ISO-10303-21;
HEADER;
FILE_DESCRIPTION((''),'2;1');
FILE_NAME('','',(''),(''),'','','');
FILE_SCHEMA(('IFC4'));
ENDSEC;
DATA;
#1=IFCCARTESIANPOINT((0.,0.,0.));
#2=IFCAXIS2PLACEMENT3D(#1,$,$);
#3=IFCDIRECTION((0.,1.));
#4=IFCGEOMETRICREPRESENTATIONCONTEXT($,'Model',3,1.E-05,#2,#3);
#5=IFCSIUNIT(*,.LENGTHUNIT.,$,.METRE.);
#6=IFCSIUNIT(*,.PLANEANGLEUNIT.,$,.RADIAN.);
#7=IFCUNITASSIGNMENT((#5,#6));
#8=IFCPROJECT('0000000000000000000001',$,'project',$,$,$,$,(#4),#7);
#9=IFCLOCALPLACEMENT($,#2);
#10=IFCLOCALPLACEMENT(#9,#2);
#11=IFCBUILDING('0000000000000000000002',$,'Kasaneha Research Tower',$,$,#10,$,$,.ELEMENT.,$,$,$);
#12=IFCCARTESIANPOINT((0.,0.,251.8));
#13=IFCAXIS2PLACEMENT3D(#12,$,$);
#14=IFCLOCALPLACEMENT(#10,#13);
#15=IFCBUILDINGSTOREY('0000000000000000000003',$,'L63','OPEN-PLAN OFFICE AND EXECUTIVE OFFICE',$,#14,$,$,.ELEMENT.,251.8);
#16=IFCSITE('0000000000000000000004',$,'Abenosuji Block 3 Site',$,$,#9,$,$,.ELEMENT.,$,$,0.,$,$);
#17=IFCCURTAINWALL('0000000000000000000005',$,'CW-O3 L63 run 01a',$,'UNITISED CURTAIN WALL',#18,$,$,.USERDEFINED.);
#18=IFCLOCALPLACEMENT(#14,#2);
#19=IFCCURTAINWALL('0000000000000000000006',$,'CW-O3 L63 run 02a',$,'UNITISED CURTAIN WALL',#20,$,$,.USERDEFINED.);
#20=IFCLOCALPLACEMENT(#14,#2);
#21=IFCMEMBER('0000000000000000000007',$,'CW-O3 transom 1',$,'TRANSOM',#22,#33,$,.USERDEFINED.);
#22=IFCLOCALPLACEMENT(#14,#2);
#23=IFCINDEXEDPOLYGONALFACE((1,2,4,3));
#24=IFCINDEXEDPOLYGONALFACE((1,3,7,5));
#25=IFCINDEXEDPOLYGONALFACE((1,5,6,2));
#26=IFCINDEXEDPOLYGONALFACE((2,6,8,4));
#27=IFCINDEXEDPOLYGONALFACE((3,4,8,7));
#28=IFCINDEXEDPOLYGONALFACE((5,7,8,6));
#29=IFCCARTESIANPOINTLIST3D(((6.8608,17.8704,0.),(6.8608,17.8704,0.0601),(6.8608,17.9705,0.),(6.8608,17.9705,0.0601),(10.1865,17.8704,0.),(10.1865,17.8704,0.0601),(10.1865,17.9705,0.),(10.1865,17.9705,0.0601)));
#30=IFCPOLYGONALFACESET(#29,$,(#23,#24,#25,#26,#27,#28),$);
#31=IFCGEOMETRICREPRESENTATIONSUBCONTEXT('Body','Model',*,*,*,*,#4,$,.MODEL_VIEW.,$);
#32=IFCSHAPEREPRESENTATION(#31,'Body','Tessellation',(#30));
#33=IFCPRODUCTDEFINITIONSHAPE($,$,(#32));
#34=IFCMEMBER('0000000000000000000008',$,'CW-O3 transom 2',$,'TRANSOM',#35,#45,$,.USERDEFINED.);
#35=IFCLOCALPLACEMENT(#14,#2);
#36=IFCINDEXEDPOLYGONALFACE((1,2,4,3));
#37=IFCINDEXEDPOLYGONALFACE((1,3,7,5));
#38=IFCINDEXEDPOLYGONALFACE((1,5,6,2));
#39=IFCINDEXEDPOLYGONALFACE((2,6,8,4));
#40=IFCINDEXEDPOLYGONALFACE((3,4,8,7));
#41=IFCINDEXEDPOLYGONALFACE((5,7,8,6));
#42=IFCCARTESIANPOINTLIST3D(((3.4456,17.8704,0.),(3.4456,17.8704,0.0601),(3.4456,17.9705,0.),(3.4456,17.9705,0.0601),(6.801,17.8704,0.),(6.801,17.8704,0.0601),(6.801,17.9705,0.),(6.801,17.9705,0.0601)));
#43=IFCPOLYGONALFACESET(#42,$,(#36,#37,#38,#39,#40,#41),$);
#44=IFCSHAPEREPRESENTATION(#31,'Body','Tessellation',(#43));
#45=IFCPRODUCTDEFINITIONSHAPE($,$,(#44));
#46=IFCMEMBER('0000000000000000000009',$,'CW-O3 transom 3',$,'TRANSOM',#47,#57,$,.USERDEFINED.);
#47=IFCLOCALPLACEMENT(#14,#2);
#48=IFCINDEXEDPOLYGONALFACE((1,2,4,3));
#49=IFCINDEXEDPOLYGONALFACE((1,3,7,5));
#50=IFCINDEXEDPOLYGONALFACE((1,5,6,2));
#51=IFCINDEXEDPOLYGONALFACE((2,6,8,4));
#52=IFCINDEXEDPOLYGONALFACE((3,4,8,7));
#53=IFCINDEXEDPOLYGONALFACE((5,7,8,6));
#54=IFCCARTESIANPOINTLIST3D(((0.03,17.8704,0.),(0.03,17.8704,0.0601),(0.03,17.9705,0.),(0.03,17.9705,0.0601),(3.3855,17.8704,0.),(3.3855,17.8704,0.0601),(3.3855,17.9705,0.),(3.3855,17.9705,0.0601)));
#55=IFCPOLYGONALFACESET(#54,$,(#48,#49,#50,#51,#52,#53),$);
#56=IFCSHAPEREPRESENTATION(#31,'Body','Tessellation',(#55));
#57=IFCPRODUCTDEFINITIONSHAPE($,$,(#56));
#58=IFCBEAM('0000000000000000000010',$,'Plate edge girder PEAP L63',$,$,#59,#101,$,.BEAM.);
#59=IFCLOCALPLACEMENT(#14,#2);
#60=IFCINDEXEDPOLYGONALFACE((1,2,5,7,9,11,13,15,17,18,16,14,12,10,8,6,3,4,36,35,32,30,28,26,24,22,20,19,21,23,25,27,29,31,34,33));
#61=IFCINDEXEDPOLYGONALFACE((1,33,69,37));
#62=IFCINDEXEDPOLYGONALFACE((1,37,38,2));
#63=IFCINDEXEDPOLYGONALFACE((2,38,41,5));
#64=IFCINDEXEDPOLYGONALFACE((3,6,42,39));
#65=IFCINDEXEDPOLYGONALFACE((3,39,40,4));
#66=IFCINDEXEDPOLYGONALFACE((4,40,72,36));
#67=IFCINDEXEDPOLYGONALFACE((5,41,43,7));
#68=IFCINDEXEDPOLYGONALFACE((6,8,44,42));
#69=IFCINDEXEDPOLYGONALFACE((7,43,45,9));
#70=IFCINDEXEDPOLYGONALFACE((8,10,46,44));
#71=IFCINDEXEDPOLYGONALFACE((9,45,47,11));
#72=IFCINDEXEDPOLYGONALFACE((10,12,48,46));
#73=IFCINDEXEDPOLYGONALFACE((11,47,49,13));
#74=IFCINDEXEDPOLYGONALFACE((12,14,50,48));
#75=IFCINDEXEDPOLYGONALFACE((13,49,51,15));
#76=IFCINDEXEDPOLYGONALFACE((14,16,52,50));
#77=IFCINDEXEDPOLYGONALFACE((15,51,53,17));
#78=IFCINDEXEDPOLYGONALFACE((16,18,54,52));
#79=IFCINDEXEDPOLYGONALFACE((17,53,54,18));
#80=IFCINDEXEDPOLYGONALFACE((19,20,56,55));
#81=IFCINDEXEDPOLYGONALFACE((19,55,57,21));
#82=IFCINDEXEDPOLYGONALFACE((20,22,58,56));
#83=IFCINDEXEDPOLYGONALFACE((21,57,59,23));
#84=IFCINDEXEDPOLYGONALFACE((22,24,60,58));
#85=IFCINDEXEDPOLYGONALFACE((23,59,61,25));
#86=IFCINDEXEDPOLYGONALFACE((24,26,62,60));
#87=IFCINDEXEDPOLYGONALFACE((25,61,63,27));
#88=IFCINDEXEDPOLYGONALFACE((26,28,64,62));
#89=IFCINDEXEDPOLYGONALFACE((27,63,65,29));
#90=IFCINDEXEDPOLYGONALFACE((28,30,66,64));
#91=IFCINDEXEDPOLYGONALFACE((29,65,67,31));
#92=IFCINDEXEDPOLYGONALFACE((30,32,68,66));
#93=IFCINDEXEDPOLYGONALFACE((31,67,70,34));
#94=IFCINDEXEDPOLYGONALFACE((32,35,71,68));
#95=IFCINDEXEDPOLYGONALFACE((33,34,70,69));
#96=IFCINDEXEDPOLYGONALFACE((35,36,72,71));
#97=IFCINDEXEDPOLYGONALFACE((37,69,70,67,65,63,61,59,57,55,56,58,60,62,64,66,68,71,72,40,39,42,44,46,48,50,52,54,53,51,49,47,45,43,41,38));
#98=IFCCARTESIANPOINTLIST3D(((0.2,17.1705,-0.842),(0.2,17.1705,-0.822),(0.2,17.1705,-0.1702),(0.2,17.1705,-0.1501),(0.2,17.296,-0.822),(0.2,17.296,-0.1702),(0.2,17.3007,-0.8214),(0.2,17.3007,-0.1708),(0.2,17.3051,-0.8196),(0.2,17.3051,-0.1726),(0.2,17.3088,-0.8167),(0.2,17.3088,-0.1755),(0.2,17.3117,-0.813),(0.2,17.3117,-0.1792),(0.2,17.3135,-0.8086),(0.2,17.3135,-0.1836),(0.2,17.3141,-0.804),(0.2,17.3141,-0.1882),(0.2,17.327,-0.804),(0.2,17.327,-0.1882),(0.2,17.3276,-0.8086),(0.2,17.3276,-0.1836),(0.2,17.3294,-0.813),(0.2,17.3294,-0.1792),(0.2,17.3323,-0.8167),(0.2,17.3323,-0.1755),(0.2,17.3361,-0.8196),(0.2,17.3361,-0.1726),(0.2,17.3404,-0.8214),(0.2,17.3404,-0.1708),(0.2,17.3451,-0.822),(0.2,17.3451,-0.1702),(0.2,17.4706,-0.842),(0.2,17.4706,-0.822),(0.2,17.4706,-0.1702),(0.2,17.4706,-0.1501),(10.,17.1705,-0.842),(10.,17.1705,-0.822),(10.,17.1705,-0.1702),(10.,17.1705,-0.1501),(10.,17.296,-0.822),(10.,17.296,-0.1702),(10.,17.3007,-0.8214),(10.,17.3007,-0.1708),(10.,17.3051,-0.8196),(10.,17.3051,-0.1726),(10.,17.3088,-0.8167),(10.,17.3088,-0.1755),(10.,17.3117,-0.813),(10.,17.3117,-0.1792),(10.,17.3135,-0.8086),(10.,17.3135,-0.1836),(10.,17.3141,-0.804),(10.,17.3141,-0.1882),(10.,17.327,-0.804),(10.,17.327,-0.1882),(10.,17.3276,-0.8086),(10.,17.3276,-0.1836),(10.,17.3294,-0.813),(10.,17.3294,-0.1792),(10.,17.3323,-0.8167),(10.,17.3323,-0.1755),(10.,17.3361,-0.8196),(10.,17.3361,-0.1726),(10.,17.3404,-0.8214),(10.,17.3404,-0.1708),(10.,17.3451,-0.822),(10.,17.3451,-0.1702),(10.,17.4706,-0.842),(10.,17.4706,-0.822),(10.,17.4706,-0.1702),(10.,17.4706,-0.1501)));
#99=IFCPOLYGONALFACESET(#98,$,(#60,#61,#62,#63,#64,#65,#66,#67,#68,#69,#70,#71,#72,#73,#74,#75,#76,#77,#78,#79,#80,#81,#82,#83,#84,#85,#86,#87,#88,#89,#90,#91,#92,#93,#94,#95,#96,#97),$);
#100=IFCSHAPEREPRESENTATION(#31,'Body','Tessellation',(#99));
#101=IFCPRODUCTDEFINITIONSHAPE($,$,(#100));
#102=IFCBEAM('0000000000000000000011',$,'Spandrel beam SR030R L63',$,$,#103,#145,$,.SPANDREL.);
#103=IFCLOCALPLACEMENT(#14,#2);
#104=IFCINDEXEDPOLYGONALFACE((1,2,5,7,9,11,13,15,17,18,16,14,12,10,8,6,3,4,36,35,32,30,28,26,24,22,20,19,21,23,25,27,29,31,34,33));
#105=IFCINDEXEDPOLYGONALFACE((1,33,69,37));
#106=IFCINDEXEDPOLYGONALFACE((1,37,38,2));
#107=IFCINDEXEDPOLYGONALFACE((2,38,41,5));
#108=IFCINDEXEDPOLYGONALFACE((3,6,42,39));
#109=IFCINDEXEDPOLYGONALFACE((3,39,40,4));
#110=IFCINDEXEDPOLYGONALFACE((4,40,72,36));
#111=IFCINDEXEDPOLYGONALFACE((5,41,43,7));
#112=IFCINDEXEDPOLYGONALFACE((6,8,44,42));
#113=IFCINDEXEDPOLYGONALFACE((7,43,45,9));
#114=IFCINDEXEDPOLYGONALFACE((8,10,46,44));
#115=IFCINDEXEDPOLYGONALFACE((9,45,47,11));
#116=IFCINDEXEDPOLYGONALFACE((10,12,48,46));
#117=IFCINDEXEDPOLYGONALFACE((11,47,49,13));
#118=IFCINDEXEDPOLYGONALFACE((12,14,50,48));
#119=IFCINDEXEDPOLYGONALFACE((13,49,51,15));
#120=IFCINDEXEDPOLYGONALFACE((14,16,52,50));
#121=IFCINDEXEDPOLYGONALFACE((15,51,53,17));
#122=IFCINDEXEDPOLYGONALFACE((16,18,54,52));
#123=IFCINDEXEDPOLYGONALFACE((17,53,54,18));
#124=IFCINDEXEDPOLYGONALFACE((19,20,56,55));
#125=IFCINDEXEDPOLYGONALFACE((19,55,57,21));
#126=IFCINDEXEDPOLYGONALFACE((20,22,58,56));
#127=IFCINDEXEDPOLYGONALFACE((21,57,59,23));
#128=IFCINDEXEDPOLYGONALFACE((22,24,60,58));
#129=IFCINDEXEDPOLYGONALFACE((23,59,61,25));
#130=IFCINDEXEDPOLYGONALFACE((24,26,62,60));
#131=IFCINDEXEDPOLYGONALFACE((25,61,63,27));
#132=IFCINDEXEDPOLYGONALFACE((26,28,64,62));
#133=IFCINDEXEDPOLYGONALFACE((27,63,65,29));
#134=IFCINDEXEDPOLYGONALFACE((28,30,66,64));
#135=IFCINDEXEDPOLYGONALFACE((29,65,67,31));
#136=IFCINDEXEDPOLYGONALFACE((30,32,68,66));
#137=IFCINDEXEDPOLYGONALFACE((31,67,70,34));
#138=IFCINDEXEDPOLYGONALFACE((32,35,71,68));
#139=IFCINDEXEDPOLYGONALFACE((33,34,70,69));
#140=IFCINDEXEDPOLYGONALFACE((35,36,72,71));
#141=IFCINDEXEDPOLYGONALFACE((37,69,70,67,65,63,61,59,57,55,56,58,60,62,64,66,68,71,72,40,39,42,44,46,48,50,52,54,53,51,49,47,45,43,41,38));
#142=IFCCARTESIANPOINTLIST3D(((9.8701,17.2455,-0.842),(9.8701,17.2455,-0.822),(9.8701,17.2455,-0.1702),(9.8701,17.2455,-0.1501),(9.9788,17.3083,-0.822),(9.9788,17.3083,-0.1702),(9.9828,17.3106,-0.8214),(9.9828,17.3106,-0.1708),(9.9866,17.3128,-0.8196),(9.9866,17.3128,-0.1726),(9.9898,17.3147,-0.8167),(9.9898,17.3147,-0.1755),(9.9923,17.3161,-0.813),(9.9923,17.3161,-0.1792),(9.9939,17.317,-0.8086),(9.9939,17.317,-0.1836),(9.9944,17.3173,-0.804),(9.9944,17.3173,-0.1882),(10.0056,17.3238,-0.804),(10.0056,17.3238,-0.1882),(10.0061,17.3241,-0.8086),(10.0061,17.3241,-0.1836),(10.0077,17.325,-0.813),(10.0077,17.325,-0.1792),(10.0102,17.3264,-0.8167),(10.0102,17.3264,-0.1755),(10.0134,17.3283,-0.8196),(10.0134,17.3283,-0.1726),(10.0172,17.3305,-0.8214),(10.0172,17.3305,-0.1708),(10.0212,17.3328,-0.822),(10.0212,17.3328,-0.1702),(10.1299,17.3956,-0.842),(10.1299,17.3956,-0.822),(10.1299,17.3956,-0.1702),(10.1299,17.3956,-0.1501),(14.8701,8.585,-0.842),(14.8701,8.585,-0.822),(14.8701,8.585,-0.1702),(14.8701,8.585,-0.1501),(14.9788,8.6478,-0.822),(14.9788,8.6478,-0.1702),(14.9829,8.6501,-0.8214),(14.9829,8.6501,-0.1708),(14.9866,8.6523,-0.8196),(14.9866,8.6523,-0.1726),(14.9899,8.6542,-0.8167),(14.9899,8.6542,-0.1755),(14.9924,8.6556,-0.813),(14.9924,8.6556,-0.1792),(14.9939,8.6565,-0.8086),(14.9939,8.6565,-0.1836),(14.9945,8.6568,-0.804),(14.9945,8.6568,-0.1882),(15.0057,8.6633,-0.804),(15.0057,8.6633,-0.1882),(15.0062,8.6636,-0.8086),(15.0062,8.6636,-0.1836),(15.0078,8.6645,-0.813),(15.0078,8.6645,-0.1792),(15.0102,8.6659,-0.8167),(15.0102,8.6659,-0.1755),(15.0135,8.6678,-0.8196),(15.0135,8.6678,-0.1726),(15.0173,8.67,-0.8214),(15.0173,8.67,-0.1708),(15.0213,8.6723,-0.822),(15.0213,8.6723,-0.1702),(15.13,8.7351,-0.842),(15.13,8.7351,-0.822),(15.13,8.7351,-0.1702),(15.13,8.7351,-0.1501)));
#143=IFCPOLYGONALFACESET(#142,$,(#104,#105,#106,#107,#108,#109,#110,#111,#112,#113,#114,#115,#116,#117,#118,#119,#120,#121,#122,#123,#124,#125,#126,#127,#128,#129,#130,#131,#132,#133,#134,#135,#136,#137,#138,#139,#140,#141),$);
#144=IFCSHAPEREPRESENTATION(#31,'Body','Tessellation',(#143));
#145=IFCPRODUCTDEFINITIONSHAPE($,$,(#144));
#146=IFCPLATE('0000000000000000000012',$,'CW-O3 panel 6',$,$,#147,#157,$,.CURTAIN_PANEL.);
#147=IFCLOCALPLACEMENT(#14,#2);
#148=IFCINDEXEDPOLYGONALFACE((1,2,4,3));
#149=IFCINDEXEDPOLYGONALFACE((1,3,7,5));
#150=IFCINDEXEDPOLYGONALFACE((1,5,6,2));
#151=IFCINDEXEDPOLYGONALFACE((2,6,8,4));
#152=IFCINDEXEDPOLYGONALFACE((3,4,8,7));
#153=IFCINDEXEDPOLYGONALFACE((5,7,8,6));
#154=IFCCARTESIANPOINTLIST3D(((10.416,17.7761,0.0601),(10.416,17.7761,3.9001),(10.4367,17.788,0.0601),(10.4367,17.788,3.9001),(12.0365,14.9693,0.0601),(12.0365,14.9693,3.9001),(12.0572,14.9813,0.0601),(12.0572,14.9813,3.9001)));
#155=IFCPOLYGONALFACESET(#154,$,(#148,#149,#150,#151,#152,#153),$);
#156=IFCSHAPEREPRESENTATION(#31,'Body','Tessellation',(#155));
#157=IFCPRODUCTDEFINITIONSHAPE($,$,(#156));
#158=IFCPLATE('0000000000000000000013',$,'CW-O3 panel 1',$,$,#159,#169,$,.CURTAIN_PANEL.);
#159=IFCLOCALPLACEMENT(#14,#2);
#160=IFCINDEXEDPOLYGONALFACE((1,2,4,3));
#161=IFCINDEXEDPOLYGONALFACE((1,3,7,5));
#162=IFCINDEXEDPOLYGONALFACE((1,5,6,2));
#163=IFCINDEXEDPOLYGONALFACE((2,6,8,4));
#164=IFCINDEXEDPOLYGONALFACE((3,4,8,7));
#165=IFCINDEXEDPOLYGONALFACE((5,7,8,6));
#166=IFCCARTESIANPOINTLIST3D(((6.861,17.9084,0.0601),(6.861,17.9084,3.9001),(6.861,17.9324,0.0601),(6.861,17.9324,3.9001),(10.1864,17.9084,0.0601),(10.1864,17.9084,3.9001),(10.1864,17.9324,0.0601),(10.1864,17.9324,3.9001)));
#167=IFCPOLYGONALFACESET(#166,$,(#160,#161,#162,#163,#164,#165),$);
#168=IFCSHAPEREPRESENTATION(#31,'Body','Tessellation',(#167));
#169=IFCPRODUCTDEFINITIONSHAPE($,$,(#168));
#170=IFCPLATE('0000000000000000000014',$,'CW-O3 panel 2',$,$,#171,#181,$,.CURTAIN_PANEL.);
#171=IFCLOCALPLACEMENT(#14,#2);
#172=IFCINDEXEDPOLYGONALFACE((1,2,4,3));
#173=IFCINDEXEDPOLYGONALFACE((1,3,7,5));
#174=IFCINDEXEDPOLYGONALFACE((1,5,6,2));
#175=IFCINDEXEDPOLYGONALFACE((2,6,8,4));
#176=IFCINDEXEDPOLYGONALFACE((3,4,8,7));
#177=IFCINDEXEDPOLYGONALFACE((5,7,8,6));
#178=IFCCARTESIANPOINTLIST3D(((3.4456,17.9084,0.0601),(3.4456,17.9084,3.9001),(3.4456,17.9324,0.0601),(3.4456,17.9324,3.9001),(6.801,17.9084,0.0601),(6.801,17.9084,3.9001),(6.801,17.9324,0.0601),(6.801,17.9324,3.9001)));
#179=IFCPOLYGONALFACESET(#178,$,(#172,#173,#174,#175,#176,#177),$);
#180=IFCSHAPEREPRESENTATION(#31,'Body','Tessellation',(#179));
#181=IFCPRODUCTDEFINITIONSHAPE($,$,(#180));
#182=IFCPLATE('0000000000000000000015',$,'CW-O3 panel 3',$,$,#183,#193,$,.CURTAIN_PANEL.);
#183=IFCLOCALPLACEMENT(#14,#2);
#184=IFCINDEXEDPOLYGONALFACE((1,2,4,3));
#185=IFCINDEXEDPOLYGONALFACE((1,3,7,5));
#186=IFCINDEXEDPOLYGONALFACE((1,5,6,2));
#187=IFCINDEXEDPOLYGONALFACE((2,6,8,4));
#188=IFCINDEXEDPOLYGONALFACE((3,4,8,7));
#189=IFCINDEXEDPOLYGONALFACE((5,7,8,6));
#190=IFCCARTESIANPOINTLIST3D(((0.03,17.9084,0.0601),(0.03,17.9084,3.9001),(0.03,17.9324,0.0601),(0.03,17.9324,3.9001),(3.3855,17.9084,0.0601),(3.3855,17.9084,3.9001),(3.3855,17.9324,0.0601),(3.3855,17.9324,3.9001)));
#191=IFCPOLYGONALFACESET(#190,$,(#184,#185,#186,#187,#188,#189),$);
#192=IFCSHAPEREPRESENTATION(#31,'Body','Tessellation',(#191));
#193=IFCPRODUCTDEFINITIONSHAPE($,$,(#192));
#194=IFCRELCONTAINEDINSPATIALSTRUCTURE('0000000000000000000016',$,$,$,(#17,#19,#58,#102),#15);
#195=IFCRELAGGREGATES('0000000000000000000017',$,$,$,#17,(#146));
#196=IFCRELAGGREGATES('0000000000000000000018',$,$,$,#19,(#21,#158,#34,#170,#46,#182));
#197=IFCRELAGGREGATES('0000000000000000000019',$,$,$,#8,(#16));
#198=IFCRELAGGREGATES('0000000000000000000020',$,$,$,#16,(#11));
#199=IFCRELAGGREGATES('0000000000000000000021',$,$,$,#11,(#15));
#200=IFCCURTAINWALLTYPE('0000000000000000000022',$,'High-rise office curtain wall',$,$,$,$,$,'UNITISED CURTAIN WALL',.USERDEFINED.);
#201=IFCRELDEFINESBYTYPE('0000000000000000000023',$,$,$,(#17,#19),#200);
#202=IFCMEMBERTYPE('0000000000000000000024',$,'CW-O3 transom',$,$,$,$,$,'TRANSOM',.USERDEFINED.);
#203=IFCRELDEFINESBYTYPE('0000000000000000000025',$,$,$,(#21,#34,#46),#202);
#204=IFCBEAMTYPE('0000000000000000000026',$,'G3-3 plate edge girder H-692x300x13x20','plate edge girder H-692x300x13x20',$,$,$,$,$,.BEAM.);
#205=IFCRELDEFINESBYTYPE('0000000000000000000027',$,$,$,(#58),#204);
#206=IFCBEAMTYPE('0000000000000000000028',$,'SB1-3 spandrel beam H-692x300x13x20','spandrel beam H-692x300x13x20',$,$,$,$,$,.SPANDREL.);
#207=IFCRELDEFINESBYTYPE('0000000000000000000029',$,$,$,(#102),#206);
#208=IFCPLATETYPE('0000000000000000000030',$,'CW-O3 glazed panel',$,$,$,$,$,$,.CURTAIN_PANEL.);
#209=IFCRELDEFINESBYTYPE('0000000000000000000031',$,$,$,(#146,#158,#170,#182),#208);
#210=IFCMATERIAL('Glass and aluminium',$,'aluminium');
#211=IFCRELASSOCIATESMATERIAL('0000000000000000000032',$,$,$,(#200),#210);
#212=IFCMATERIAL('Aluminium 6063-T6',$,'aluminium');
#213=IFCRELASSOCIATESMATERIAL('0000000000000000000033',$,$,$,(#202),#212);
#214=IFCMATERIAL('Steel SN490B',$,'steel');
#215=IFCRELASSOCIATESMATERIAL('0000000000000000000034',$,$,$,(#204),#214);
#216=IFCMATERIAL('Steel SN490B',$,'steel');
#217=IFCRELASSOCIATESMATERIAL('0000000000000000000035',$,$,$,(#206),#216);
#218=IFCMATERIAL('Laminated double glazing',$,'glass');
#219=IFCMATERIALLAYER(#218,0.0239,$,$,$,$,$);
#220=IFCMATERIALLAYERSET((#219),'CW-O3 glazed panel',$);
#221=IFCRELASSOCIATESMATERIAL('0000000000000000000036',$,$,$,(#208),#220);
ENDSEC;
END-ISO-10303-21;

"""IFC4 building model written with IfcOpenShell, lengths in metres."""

from ifc_helpers import new_model, si_unit, direction, frame, origin, origin_2d, place, context, subcontext, project, spatial, rectangle, i_section, extrude, material, layer, layer_set, material_profile, profile_set, type_object, element, aggregate, save


model = new_model("IFC4")

# Units and contexts
model_context = context("Model", 3, precision=1e-05, world=origin(), true_north=direction((0.0, 1.0)))
body_context = subcontext(model_context, "Body", "Model", "MODEL_VIEW")
ifc_project = project(units=[si_unit("LENGTHUNIT", "METRE"), si_unit("PLANEANGLEUNIT", "RADIAN")], contexts=[model_context])

# Site, building, storey
site_placement = place(None, origin())
site = spatial("IfcSite", under=ifc_project, at=site_placement, Name="Abenosuji Block 3 Site", CompositionType="ELEMENT", RefElevation=0.0)
building_placement = place(site_placement, origin())
building = spatial("IfcBuilding", under=site, at=building_placement, Name="Kasaneha Research Tower", CompositionType="ELEMENT")
storey_placement = place(building_placement, frame((0.0, 0.0, 251.8)))
storey = spatial("IfcBuildingStorey", under=building, at=storey_placement, Name="L63", Description="OPEN-PLAN OFFICE AND EXECUTIVE OFFICE", CompositionType="ELEMENT", Elevation=251.8)

# Curtain wall
ifc_material_1 = material(Name="Glass and aluminium", Category="aluminium")
curtain_wall_type = type_object("IfcCurtainWallType", Name="High-rise office curtain wall", ElementType="UNITISED CURTAIN WALL", PredefinedType="USERDEFINED", material=ifc_material_1)
curtain_wall_1_placement = place(storey_placement, origin())
curtain_wall_1 = element("IfcCurtainWall", 1, at=curtain_wall_1_placement, inside=storey, type_object=curtain_wall_type, Name="CW-O3 L63 run 01a", ObjectType="UNITISED CURTAIN WALL", PredefinedType="USERDEFINED")

# Curtain wall
curtain_wall_2_placement = place(storey_placement, origin())
curtain_wall_2 = element("IfcCurtainWall", 2, at=curtain_wall_2_placement, inside=storey, type_object=curtain_wall_type, Name="CW-O3 L63 run 02a", ObjectType="UNITISED CURTAIN WALL", PredefinedType="USERDEFINED")

# Members
ifc_material_2 = material(Name="Aluminium 6063-T6", Category="aluminium")
ifc_material_profile_1 = material_profile(ifc_material_2, rectangle(XDim=0.1001, YDim=0.0601, at=origin_2d()), Name="CW-O3 transom 100x60")
ifc_profile_set_1 = profile_set([ifc_material_profile_1], Name="Aluminium 6063-T6")
member_type_1 = type_object("IfcMemberType", Name="CW-O3 transom", ElementType="TRANSOM", PredefinedType="USERDEFINED", material=ifc_profile_set_1)
member_1_placement = place(storey_placement, frame((10.1865, 17.9204, 0.03), z_axis=(-1.0, 0.0, 0.0), x_axis=(0.0, -1.0, 0.0)))
member_1 = element("IfcMember", 3, at=member_1_placement, type_object=member_type_1, Name="CW-O3 transom 1", ObjectType="TRANSOM", PredefinedType="USERDEFINED", context=body_context, shape_type="SweptSolid", body=[
    extrude(rectangle(XDim=0.1001, YDim=0.0601, at=origin_2d()), origin(), (0.0, 0.0, 1.0), 3.3257),
])
member_2_placement = place(storey_placement, frame((6.801, 17.9204, 0.03), z_axis=(-1.0, 0.0, 0.0), x_axis=(0.0, -1.0, 0.0)))
member_2 = element("IfcMember", 4, at=member_2_placement, type_object=member_type_1, Name="CW-O3 transom 2", ObjectType="TRANSOM", PredefinedType="USERDEFINED", context=body_context, shape_type="SweptSolid", body=[
    extrude(rectangle(XDim=0.1001, YDim=0.0601, at=origin_2d()), origin(), (0.0, 0.0, 1.0), 3.3555),
])
member_3_placement = place(storey_placement, frame((3.3855, 17.9204, 0.03), z_axis=(-1.0, 0.0, 0.0), x_axis=(0.0, -1.0, 0.0)))
member_3 = element("IfcMember", 5, at=member_3_placement, type_object=member_type_1, Name="CW-O3 transom 3", ObjectType="TRANSOM", PredefinedType="USERDEFINED", context=body_context, shape_type="SweptSolid", body=[
    extrude(rectangle(XDim=0.1001, YDim=0.0601, at=origin_2d()), origin(), (0.0, 0.0, 1.0), 3.3555),
])

# Beams
ifc_material_3 = material(Name="Steel SN490B", Category="steel")
ifc_material_profile_2 = material_profile(ifc_material_3, i_section(OverallWidth=0.3, OverallDepth=0.6919, WebThickness=0.0129, FlangeThickness=0.02, FilletRadius=0.0181, at=origin_2d()), Name="H-692x300x13x20")
ifc_profile_set_2 = profile_set([ifc_material_profile_2], Name="Steel SN490B")
beam_type_1 = type_object("IfcBeamType", Name="G3-3 plate edge girder H-692x300x13x20", Description="plate edge girder H-692x300x13x20", PredefinedType="BEAM", material=ifc_profile_set_2)
beam_1_placement = place(storey_placement, frame((10.0, 17.3206, -0.4961), z_axis=(-1.0, 0.0, 0.0), x_axis=(0.0, -1.0, 0.0)))
element("IfcBeam", 6, at=beam_1_placement, inside=storey, type_object=beam_type_1, Name="Plate edge girder PEAP L63", PredefinedType="BEAM", context=body_context, shape_type="SweptSolid", body=[
    extrude(i_section(OverallWidth=0.3, OverallDepth=0.6919, WebThickness=0.0129, FlangeThickness=0.02, FilletRadius=0.0181, at=origin_2d()), origin(), (0.0, 0.0, 1.0), 9.8),
])
ifc_material_4 = material(Name="Steel SN490B", Category="steel")
ifc_material_profile_3 = material_profile(ifc_material_4, i_section(OverallWidth=0.3, OverallDepth=0.6919, WebThickness=0.0129, FlangeThickness=0.02, FilletRadius=0.0181, at=origin_2d()), Name="H-692x300x13x20")
ifc_profile_set_3 = profile_set([ifc_material_profile_3], Name="Steel SN490B")
beam_type_2 = type_object("IfcBeamType", Name="SB1-3 spandrel beam H-692x300x13x20", Description="spandrel beam H-692x300x13x20", PredefinedType="SPANDREL", material=ifc_profile_set_3)
beam_2_placement = place(storey_placement, frame((10.0, 17.3206, -0.4961), z_axis=(0.499994, -0.866029, 0.0), x_axis=(0.866029, 0.499994, 0.0)))
element("IfcBeam", 7, at=beam_2_placement, inside=storey, type_object=beam_type_2, Name="Spandrel beam SR030R L63", PredefinedType="SPANDREL", context=body_context, shape_type="SweptSolid", body=[
    extrude(i_section(OverallWidth=0.3, OverallDepth=0.6919, WebThickness=0.0129, FlangeThickness=0.02, FilletRadius=0.0181, at=origin_2d()), origin(), (0.0, 0.0, 1.0), 10.0002),
])

# Plates
ifc_material_5 = material(Name="Laminated double glazing", Category="glass")
ifc_layer_1 = layer(ifc_material_5, 0.0239)
ifc_layer_set_1 = layer_set([ifc_layer_1], Name="CW-O3 glazed panel")
plate_type = type_object("IfcPlateType", Name="CW-O3 glazed panel", PredefinedType="CURTAIN_PANEL", material=ifc_layer_set_1)
plate_1_placement = place(storey_placement, frame((11.2366, 16.3787, 0.0601), z_axis=(0.0, 0.0, 1.0), x_axis=(-0.5, 0.866025, 0.0)))
plate_1 = element("IfcPlate", 8, at=plate_1_placement, type_object=plate_type, Name="CW-O3 panel 6", PredefinedType="CURTAIN_PANEL", context=body_context, shape_type="SweptSolid", body=[
    extrude(rectangle(XDim=3.241, YDim=0.0239, at=origin_2d()), origin(), (0.0, 0.0, 1.0), 3.8401),
])
aggregate(curtain_wall_1, [plate_1])
plate_2_placement = place(storey_placement, frame((8.5237, 17.9204, 0.0601), z_axis=(0.0, 0.0, 1.0), x_axis=(-1.0, 0.0, 0.0)))
plate_2 = element("IfcPlate", 9, at=plate_2_placement, type_object=plate_type, Name="CW-O3 panel 1", PredefinedType="CURTAIN_PANEL", context=body_context, shape_type="SweptSolid", body=[
    extrude(rectangle(XDim=3.3254, YDim=0.0239, at=origin_2d()), origin(), (0.0, 0.0, 1.0), 3.8401),
])
plate_3_placement = place(storey_placement, frame((5.1233, 17.9204, 0.0601), z_axis=(0.0, 0.0, 1.0), x_axis=(-1.0, 0.0, 0.0)))
plate_3 = element("IfcPlate", 10, at=plate_3_placement, type_object=plate_type, Name="CW-O3 panel 2", PredefinedType="CURTAIN_PANEL", context=body_context, shape_type="SweptSolid", body=[
    extrude(rectangle(XDim=3.3555, YDim=0.0239, at=origin_2d()), origin(), (0.0, 0.0, 1.0), 3.8401),
])
plate_4_placement = place(storey_placement, frame((1.7078, 17.9204, 0.0601), z_axis=(0.0, 0.0, 1.0), x_axis=(-1.0, 0.0, 0.0)))
plate_4 = element("IfcPlate", 11, at=plate_4_placement, type_object=plate_type, Name="CW-O3 panel 3", PredefinedType="CURTAIN_PANEL", context=body_context, shape_type="SweptSolid", body=[
    extrude(rectangle(XDim=3.3555, YDim=0.0239, at=origin_2d()), origin(), (0.0, 0.0, 1.0), 3.8401),
])
aggregate(curtain_wall_2, [member_1, plate_2, member_2, plate_3, member_3, plate_4])

save(model, "model.ifc")
